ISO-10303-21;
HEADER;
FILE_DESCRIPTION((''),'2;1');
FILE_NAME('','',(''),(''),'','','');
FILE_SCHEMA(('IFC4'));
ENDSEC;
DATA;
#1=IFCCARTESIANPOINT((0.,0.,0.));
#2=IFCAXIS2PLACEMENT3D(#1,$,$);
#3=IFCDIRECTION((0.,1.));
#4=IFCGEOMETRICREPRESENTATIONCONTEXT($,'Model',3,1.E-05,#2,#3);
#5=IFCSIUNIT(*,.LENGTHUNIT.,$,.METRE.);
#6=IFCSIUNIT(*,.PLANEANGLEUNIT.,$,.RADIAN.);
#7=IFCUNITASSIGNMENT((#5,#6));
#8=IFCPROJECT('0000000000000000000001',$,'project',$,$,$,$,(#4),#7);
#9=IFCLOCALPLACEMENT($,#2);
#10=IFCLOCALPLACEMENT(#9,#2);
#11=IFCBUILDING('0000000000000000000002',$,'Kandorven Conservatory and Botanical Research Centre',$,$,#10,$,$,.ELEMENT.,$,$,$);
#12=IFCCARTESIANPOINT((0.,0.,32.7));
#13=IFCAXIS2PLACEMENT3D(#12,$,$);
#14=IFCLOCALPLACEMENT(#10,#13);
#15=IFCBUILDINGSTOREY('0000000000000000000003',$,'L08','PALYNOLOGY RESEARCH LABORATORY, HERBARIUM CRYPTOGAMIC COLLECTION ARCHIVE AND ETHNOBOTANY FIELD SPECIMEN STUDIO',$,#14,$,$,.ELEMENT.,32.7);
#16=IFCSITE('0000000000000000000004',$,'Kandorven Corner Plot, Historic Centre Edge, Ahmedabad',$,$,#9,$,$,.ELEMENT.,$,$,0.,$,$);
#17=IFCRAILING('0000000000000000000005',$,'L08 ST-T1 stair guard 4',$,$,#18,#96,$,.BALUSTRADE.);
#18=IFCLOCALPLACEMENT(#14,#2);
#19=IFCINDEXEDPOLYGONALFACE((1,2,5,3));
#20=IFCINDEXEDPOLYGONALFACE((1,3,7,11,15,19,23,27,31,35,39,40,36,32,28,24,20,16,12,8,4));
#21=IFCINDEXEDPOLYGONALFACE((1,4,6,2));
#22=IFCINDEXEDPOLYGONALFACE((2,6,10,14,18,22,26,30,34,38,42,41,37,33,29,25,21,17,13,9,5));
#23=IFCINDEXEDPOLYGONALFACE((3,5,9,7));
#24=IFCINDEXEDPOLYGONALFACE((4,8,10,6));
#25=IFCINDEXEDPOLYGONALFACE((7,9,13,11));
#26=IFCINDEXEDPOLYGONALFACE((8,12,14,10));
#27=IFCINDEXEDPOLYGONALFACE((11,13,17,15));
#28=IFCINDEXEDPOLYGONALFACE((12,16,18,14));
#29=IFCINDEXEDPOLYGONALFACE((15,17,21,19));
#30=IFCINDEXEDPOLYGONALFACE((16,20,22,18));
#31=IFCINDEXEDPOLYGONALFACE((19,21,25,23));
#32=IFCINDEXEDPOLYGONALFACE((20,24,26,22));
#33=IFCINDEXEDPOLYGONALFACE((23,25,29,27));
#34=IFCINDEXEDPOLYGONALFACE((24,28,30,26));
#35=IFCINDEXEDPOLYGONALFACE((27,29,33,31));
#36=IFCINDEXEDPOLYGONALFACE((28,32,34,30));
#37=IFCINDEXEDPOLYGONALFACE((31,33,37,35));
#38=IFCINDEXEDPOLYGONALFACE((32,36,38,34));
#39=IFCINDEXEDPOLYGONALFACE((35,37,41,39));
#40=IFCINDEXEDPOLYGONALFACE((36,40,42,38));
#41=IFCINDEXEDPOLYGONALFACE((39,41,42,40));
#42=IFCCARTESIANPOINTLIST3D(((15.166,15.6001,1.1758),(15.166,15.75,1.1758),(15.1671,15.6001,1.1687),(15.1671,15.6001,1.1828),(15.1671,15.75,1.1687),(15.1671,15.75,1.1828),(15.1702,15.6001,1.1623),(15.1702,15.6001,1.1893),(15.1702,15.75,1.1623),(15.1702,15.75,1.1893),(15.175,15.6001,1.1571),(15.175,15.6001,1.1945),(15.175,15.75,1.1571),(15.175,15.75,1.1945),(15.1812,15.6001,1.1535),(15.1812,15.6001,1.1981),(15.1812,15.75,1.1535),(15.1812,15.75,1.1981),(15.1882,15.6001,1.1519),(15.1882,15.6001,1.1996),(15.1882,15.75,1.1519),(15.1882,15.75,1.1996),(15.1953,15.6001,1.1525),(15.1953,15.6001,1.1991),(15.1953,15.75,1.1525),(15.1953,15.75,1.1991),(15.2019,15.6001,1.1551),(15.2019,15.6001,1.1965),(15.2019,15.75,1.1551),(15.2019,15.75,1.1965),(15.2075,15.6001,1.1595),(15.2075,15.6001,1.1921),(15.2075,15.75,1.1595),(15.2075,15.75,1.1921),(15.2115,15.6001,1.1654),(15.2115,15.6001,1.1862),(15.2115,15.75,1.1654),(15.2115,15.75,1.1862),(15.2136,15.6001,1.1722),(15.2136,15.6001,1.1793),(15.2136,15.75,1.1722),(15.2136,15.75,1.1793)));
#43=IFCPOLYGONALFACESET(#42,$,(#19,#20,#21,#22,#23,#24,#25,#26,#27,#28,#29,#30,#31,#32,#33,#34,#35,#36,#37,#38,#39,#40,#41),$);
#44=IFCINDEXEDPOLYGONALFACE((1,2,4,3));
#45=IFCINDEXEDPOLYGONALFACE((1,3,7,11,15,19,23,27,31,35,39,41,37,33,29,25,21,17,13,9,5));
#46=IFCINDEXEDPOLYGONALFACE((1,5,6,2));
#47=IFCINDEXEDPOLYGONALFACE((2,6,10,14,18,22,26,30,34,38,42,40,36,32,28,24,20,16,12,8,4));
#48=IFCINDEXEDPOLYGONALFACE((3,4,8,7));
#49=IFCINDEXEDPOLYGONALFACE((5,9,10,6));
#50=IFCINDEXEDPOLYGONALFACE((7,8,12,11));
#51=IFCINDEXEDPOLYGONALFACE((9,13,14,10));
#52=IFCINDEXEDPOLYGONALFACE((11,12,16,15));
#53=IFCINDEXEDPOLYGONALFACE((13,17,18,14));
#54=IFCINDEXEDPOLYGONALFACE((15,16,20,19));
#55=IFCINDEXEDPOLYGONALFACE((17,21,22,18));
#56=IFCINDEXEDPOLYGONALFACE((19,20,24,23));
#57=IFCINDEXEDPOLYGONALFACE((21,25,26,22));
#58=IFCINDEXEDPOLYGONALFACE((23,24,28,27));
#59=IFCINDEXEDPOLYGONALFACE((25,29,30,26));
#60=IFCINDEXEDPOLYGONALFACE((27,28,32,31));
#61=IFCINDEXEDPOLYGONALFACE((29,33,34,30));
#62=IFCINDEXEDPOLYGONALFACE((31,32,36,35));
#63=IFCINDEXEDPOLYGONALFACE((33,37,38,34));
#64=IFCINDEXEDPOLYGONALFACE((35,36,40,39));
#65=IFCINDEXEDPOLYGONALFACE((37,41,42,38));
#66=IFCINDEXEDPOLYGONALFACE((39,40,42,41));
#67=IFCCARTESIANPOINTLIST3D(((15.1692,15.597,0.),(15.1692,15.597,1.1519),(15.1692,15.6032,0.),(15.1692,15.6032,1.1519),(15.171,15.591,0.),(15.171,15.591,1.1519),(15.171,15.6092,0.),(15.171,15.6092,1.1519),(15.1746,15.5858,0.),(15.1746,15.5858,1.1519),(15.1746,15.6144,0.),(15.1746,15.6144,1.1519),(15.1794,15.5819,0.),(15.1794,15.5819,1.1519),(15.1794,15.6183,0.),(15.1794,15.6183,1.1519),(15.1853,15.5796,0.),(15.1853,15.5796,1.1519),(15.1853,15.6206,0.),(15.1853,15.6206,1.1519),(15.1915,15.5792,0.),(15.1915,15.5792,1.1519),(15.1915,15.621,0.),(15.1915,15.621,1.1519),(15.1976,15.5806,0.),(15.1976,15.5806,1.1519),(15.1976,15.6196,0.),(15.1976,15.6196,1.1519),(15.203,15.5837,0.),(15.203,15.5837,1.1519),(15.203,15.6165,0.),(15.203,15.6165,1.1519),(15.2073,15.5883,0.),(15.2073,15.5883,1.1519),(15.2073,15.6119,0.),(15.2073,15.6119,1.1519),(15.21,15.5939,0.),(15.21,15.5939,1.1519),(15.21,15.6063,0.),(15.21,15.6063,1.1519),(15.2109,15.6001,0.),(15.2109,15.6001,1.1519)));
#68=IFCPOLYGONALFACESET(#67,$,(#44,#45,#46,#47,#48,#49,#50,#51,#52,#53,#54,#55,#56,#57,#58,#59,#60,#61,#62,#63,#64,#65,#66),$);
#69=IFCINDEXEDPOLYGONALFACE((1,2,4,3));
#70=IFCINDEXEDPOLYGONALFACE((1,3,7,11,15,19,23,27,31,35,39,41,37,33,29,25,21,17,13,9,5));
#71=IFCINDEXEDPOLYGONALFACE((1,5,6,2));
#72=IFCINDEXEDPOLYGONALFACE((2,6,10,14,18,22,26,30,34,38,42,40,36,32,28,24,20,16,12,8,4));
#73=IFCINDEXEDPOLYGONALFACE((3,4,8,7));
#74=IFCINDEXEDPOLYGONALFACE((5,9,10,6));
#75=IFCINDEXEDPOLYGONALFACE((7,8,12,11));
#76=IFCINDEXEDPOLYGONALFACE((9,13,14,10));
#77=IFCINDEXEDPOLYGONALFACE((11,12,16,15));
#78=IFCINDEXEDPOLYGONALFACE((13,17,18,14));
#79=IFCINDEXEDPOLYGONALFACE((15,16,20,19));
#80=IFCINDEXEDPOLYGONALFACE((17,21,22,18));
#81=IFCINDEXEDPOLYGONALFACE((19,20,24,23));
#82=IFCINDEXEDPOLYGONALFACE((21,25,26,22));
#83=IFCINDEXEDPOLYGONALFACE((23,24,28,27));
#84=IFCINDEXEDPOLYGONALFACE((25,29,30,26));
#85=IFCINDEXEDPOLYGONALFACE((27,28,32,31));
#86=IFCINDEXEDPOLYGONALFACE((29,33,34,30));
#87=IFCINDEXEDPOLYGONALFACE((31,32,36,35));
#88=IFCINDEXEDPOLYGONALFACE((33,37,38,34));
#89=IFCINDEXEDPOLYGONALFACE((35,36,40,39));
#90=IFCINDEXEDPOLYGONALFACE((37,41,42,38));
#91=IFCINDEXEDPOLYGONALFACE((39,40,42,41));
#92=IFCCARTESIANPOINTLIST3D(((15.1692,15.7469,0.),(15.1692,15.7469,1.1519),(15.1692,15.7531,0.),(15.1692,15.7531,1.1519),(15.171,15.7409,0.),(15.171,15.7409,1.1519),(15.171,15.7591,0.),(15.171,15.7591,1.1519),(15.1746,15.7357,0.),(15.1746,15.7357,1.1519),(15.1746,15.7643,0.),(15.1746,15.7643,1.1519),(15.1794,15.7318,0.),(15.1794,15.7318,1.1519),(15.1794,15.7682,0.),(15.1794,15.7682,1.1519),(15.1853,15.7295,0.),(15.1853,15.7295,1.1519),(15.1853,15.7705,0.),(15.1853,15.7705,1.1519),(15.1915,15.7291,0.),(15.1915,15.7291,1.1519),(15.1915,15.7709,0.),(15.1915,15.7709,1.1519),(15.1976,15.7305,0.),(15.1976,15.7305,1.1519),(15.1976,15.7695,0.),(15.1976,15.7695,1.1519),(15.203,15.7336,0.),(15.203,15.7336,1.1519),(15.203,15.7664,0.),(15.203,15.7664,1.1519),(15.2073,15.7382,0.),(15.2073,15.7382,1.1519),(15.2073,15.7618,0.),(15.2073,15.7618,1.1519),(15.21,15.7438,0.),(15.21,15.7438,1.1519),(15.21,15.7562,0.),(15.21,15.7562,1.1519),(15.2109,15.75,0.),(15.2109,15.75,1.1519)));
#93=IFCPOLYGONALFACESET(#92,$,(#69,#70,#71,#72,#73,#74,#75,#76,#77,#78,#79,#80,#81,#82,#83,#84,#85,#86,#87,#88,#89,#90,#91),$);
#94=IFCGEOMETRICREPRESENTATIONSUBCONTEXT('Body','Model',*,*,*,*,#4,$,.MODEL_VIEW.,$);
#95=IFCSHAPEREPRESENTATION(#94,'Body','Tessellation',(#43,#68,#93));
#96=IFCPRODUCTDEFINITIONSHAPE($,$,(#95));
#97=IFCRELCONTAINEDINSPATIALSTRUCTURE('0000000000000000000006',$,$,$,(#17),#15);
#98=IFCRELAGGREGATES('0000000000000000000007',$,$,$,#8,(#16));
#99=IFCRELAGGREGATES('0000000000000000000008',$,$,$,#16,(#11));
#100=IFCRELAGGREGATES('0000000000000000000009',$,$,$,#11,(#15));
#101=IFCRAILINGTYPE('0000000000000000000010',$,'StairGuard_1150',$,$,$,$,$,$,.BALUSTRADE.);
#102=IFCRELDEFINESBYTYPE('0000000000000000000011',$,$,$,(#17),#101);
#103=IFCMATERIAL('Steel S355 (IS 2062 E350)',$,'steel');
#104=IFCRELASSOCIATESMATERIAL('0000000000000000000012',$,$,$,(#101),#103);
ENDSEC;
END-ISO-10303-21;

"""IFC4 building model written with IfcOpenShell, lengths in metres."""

from ifc_helpers import new_model, si_unit, direction, frame, origin, origin_2d, place, context, subcontext, project, spatial, circle, extrude, material, type_object, element, save


model = new_model("IFC4")

# Units and contexts
model_context = context("Model", 3, precision=1e-05, world=origin(), true_north=direction((0.0, 1.0)))
body_context = subcontext(model_context, "Body", "Model", "MODEL_VIEW")
ifc_project = project(units=[si_unit("LENGTHUNIT", "METRE"), si_unit("PLANEANGLEUNIT", "RADIAN")], contexts=[model_context])

# Site, building, storey
site_placement = place(None, origin())
site = spatial("IfcSite", under=ifc_project, at=site_placement, Name="Kandorven Corner Plot, Historic Centre Edge, Ahmedabad", CompositionType="ELEMENT", RefElevation=0.0)
building_placement = place(site_placement, origin())
building = spatial("IfcBuilding", under=site, at=building_placement, Name="Kandorven Conservatory and Botanical Research Centre", CompositionType="ELEMENT")
storey_placement = place(building_placement, frame((0.0, 0.0, 32.7)))
storey = spatial("IfcBuildingStorey", under=building, at=storey_placement, Name="L08", Description="PALYNOLOGY RESEARCH LABORATORY, HERBARIUM CRYPTOGAMIC COLLECTION ARCHIVE AND ETHNOBOTANY FIELD SPECIMEN STUDIO", CompositionType="ELEMENT", Elevation=32.7)

# Railing
ifc_material_1 = material(Name="Steel S355 (IS 2062 E350)", Category="steel")
railing_type_1 = type_object("IfcRailingType", Name="StairGuard_1150", PredefinedType="BALUSTRADE", material=ifc_material_1)
railing_1_placement = place(storey_placement, frame((15.1899, 15.6001, 0.0)))
element("IfcRailing", 1, at=railing_1_placement, inside=storey, type_object=railing_type_1, Name="L08 ST-T1 stair guard 4", PredefinedType="BALUSTRADE", context=body_context, shape_type="SweptSolid", body=[
    extrude(circle(Radius=0.0239, at=origin_2d()), frame((0.0, 0.0, 1.1758), z_axis=(0.0, 1.0, 0.0), x_axis=(-1.0, 0.0, 0.0)), (0.0, 0.0, 1.0), 0.1499),
    extrude(circle(Radius=0.021, at=origin_2d()), origin(), (0.0, 0.0, 1.0), 1.1519),
    extrude(circle(Radius=0.021, at=origin_2d()), frame((0.0, 0.1499, 0.0)), (0.0, 0.0, 1.0), 1.1519),
])

save(model, "model.ifc")
